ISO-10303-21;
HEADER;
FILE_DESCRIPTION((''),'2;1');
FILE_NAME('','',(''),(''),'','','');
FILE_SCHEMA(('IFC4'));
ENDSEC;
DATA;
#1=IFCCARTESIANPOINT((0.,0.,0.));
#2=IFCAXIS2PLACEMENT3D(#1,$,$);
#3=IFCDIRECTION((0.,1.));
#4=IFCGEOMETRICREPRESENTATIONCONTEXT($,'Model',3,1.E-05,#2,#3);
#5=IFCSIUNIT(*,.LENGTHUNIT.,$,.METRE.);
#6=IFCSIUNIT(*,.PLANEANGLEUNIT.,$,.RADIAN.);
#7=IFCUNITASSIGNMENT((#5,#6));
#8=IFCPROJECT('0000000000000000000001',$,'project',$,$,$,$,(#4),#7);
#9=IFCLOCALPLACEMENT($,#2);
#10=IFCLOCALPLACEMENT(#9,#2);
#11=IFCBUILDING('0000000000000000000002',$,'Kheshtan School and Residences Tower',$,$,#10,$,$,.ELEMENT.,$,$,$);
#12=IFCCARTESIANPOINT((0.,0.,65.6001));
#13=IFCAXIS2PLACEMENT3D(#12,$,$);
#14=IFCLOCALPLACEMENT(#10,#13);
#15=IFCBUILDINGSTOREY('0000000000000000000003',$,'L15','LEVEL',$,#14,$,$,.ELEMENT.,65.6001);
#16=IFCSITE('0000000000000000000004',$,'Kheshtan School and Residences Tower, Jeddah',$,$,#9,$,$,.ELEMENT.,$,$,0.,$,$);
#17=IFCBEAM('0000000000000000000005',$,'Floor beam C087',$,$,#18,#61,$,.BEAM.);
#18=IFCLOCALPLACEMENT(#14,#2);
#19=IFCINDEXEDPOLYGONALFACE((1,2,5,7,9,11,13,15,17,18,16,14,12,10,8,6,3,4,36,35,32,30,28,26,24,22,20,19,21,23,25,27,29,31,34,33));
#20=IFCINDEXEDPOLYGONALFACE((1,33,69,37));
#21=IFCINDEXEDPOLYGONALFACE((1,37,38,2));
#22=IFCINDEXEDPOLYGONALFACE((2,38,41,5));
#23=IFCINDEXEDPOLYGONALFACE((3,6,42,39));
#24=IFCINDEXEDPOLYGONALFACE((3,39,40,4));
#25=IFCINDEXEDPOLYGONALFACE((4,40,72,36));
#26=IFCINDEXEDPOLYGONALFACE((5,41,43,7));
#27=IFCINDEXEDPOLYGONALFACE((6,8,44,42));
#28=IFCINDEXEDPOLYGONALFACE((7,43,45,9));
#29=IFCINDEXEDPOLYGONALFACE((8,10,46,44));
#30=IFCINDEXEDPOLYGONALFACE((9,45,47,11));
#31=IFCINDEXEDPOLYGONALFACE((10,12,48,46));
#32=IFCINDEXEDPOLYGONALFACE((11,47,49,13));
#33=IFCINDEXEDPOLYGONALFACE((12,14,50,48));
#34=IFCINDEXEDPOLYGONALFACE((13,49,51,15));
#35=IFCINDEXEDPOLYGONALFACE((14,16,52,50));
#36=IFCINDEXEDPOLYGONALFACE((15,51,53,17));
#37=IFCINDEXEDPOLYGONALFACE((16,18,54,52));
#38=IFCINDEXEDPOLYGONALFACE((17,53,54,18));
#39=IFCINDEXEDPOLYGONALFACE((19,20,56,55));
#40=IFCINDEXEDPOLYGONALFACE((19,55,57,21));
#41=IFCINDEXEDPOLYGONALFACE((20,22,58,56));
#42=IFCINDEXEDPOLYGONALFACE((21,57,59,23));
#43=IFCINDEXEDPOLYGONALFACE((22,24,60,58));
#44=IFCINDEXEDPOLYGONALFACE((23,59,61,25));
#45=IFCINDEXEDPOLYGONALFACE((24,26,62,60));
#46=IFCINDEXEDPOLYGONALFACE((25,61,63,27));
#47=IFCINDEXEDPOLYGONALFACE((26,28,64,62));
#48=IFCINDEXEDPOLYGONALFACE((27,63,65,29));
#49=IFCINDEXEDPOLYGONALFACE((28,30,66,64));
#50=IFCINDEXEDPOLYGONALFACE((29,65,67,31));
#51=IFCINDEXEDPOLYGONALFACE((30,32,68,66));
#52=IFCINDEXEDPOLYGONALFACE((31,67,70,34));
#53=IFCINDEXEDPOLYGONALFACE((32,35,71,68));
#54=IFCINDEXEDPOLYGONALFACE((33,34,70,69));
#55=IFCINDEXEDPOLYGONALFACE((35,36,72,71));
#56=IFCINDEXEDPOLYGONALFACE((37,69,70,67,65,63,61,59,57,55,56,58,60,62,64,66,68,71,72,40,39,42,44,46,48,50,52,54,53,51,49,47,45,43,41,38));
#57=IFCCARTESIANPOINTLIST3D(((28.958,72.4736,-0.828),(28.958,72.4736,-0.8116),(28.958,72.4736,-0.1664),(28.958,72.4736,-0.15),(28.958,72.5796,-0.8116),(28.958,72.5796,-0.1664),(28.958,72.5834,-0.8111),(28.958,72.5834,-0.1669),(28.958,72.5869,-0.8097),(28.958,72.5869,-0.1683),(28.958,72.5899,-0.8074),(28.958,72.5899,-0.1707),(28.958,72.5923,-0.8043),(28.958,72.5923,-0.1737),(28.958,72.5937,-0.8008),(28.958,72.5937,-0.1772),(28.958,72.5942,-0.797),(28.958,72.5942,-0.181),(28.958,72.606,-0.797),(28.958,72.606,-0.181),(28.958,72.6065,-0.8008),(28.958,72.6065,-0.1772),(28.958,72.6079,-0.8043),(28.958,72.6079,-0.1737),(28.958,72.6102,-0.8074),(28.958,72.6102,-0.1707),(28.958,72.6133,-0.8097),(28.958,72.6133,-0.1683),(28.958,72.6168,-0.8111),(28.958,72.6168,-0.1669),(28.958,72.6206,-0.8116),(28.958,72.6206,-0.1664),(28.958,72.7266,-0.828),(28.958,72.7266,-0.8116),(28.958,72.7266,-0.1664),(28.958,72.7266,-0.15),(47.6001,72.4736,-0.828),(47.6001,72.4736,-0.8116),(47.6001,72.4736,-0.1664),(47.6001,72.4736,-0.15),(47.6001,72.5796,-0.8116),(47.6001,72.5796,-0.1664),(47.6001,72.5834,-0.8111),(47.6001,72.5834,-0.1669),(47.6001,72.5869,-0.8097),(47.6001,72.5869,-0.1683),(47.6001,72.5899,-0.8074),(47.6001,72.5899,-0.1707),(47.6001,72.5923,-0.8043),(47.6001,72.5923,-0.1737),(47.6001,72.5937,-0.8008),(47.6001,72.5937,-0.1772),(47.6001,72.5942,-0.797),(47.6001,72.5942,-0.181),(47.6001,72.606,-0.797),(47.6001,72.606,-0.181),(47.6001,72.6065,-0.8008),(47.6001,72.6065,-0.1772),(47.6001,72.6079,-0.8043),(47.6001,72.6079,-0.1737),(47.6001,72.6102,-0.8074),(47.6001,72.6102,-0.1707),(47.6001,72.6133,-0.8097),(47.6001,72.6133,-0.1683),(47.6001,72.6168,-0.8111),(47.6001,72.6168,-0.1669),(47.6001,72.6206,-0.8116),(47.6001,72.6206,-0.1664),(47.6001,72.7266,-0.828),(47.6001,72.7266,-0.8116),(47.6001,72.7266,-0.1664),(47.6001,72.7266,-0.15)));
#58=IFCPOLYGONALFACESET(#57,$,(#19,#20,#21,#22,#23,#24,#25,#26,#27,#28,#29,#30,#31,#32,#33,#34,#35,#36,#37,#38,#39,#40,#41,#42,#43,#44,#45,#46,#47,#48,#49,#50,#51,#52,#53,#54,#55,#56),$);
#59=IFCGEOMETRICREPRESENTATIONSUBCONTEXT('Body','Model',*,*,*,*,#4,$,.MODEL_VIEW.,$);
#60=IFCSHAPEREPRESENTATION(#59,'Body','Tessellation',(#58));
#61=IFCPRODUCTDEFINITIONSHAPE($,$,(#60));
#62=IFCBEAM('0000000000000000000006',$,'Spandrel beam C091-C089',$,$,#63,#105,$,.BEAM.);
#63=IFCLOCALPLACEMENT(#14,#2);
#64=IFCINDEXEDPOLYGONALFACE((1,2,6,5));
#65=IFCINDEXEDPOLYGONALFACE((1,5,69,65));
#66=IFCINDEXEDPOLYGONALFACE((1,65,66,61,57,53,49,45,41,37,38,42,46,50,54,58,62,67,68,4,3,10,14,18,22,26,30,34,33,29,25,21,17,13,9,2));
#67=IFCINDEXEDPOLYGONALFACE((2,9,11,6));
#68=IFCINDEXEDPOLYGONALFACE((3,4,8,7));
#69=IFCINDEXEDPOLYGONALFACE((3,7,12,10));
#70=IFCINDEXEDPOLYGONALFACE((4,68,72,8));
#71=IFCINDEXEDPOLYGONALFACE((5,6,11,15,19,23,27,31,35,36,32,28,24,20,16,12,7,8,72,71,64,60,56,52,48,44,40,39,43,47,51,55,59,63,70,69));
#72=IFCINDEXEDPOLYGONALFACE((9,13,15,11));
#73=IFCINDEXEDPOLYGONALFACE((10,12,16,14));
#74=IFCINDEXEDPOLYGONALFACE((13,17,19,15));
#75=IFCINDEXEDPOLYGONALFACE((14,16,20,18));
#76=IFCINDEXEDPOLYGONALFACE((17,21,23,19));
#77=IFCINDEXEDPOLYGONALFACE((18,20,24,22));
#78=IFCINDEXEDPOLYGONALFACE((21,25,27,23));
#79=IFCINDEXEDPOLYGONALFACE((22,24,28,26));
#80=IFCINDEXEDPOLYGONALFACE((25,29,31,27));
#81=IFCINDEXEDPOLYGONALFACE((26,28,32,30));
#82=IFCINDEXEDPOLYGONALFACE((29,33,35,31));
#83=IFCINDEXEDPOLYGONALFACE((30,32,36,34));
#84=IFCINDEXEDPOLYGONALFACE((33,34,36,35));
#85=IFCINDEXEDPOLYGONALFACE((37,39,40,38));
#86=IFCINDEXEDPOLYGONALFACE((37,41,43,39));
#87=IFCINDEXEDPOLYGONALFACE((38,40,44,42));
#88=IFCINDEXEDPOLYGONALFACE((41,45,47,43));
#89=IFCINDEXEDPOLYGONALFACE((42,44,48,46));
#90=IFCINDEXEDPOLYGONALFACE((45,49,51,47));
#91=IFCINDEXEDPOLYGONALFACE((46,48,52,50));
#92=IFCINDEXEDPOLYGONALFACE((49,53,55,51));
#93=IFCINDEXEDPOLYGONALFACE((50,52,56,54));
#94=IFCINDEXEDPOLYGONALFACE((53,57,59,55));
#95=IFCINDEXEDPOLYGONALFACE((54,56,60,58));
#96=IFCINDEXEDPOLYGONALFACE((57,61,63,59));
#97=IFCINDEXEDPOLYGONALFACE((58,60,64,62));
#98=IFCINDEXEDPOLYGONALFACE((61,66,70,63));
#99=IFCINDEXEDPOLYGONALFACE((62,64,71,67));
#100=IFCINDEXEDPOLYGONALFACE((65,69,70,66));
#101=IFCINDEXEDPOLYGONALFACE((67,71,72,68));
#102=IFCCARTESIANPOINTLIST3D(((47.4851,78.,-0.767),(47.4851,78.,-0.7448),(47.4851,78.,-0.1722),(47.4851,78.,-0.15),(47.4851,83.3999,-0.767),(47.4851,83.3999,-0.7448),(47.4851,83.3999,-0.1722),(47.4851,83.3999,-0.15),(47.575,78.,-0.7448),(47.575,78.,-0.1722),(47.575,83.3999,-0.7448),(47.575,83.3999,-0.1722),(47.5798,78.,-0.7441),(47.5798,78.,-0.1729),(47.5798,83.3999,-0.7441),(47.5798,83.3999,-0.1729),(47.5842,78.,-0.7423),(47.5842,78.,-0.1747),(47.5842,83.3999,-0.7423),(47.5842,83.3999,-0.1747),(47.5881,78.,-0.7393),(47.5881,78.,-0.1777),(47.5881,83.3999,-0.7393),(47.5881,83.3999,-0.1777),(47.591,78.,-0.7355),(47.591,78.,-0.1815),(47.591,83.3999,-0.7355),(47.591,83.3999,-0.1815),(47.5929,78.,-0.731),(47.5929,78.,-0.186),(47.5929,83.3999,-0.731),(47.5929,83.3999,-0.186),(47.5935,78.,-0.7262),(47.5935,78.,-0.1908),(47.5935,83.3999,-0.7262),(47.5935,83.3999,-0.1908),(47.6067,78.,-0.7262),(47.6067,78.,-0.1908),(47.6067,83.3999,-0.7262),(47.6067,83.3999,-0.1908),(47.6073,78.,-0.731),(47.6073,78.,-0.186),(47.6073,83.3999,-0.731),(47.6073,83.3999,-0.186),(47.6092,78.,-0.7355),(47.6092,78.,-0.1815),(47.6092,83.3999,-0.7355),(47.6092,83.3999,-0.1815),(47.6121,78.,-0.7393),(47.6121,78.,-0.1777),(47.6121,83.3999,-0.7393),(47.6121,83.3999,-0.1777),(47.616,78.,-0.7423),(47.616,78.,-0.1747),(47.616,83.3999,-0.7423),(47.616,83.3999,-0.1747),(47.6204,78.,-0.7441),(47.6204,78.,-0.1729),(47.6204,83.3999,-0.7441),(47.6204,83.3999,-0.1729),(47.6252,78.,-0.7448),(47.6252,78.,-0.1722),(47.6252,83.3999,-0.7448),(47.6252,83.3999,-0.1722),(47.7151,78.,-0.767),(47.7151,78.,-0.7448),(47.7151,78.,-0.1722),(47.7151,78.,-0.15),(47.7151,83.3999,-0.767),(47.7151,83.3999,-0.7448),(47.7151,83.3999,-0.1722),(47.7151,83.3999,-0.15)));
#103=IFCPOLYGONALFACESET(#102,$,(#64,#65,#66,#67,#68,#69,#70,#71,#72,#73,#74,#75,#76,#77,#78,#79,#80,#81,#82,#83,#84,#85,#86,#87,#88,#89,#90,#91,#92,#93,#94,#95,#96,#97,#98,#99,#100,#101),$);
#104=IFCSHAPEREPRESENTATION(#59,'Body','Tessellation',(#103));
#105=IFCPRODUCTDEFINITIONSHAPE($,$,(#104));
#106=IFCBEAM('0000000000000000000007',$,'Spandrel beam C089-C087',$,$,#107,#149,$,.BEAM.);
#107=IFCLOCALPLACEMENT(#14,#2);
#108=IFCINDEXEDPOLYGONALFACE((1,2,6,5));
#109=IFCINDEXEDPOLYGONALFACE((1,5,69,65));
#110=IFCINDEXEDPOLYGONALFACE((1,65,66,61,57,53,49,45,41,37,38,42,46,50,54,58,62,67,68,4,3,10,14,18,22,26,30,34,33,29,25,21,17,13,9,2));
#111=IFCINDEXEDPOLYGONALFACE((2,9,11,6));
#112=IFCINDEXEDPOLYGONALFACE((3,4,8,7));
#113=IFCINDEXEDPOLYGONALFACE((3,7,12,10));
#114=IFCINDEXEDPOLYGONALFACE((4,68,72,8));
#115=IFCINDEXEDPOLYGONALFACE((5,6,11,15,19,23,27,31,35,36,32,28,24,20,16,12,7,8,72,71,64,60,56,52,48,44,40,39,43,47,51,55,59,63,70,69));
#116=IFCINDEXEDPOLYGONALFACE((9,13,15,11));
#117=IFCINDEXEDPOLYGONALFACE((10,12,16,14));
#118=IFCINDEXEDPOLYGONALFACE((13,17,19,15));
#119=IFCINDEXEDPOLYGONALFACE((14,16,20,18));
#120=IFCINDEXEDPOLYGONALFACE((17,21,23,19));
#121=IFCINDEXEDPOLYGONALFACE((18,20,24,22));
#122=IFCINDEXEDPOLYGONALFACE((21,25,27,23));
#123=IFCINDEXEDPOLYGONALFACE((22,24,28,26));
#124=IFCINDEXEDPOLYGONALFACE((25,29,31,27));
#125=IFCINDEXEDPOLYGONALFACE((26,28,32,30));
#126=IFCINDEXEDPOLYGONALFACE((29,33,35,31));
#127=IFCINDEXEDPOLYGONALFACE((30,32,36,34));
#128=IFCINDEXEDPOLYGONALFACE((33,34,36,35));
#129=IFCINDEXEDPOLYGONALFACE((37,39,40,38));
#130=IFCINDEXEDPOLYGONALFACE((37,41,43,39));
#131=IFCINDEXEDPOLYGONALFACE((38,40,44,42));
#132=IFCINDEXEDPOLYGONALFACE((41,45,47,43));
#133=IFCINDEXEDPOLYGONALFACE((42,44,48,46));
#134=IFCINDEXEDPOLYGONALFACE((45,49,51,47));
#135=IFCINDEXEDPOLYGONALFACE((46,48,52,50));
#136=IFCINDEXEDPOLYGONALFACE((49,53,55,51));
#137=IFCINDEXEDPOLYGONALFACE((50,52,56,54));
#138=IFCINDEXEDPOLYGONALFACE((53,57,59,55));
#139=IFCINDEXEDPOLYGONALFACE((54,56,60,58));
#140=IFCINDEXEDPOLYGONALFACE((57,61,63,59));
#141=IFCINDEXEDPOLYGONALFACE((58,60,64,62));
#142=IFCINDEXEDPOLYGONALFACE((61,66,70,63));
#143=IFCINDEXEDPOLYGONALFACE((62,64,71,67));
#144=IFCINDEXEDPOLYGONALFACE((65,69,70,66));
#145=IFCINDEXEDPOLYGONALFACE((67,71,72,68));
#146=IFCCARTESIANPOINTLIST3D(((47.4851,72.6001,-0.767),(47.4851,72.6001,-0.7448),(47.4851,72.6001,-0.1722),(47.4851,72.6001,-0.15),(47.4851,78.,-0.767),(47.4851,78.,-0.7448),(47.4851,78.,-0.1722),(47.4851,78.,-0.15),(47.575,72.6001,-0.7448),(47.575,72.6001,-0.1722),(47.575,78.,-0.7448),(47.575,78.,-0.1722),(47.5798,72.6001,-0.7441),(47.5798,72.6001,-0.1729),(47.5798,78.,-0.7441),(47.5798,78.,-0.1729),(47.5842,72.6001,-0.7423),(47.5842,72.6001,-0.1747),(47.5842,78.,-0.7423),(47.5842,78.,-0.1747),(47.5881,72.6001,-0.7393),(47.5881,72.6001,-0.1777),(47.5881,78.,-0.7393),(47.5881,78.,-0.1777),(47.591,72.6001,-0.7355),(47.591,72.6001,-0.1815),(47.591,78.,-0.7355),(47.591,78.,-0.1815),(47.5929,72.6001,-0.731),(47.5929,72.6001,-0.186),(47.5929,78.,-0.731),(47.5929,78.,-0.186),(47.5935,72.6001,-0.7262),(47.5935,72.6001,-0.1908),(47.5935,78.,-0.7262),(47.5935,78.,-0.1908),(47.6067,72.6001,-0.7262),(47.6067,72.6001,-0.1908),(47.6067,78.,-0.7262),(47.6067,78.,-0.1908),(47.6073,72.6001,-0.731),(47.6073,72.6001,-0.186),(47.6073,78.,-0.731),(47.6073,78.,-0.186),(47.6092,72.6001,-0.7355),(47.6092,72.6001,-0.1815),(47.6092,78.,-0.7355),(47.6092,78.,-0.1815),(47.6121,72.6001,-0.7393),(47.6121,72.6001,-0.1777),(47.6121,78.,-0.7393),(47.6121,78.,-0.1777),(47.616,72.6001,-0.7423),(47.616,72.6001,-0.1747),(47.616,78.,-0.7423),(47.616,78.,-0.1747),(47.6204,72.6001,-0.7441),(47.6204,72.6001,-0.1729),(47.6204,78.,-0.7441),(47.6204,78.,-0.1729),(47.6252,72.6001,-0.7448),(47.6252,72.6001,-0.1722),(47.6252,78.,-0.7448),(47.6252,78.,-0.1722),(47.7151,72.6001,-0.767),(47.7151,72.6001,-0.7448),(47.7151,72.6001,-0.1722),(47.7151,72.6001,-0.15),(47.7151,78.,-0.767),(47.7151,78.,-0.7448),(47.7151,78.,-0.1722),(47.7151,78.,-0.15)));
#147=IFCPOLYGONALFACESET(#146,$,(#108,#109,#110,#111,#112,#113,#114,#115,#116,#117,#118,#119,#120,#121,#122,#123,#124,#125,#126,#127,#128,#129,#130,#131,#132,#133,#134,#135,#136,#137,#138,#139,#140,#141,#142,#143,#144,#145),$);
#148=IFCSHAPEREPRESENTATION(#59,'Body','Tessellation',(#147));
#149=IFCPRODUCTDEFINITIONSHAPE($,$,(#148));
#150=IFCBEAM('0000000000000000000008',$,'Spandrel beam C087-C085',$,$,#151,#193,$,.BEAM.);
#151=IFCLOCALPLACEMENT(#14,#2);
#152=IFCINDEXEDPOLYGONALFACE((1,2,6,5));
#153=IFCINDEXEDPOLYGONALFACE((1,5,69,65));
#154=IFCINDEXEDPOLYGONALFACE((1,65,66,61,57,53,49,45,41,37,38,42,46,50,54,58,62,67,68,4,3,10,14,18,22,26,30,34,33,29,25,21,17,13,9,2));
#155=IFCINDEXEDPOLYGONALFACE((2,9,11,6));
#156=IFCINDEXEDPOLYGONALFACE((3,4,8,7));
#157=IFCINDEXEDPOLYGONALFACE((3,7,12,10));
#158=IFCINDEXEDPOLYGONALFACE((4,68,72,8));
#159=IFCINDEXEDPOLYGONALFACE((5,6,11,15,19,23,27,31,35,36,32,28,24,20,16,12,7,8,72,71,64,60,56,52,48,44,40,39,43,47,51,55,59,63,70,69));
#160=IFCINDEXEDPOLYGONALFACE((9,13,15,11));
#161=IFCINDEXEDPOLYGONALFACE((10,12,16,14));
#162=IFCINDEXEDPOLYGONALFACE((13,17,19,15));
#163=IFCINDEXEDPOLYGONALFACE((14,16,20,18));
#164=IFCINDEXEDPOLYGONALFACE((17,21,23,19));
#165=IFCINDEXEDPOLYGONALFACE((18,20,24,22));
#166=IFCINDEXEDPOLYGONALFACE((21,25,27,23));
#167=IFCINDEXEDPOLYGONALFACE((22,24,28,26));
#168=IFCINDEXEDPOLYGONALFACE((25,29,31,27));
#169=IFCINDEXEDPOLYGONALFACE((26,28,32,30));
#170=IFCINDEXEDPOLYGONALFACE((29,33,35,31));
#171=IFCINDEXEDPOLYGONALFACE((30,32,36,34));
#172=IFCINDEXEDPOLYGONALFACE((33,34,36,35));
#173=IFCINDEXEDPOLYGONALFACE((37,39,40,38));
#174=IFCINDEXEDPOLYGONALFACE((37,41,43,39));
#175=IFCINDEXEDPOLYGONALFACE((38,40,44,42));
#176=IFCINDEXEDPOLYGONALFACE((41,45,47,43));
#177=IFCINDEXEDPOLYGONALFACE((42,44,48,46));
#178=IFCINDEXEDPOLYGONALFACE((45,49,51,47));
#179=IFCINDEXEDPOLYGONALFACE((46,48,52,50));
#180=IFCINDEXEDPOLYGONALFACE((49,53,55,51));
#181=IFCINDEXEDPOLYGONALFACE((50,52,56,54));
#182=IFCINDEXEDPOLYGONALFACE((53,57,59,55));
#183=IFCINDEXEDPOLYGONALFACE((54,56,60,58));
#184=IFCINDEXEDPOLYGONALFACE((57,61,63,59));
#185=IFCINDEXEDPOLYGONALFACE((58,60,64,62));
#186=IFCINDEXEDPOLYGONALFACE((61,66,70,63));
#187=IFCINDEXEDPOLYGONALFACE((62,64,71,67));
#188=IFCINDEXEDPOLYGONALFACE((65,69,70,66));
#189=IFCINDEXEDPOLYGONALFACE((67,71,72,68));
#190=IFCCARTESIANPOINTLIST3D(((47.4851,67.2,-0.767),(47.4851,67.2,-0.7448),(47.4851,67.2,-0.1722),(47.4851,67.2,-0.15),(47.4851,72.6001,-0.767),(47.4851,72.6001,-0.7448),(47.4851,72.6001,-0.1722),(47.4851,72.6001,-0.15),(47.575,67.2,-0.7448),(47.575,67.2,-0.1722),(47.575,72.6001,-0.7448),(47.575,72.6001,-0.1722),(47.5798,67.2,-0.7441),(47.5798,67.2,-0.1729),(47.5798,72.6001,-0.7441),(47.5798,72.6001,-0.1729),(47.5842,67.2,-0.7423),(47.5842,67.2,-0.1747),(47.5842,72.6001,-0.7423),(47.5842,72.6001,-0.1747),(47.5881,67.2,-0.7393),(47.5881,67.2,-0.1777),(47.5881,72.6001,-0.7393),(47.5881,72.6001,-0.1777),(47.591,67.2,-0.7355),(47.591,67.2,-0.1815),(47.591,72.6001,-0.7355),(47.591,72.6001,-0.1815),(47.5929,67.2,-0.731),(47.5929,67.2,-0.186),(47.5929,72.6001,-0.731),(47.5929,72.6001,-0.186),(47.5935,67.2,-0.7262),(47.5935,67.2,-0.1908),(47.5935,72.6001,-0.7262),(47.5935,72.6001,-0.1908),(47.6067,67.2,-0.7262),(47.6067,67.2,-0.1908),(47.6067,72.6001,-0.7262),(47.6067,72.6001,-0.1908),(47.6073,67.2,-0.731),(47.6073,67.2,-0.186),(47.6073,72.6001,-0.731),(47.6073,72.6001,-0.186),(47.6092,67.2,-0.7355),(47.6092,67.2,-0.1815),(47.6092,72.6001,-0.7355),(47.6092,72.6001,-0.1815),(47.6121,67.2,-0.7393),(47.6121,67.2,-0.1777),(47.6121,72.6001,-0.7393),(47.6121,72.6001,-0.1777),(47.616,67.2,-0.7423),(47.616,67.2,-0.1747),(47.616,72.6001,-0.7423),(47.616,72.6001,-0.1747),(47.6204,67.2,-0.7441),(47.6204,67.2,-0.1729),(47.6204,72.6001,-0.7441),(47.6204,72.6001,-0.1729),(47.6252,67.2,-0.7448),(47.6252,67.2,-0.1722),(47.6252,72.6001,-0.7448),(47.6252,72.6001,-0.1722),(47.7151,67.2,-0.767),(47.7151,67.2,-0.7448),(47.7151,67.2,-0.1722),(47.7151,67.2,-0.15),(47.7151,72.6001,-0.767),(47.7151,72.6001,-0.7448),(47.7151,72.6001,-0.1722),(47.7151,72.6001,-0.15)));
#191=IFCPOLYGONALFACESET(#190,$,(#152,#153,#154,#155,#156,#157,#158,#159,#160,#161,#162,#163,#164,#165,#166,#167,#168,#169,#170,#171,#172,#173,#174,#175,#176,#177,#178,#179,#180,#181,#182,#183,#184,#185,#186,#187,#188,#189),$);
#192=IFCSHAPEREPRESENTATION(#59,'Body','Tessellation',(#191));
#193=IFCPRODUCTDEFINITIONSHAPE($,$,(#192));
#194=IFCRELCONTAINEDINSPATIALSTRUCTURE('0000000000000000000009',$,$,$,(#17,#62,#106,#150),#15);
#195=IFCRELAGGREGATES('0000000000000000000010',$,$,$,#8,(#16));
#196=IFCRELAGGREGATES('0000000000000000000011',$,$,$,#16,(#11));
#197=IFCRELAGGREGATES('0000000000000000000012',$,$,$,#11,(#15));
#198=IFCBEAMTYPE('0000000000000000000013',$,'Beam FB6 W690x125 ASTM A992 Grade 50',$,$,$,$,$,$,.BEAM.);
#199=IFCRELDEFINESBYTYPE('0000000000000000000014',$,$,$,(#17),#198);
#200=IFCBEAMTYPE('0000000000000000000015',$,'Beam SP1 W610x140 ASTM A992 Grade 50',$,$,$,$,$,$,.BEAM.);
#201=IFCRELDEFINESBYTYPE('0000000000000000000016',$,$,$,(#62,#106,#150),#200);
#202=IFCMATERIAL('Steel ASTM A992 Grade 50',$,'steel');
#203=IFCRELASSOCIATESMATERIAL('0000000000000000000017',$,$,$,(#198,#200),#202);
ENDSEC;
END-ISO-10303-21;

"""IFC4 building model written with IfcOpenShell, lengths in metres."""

from ifc_helpers import new_model, si_unit, direction, frame, origin, origin_2d, place, context, subcontext, project, spatial, i_section, extrude, material, material_profile, profile_set, type_object, element, save


model = new_model("IFC4")

# Units and contexts
model_context = context("Model", 3, precision=1e-05, world=origin(), true_north=direction((0.0, 1.0)))
body_context = subcontext(model_context, "Body", "Model", "MODEL_VIEW")
ifc_project = project(units=[si_unit("LENGTHUNIT", "METRE"), si_unit("PLANEANGLEUNIT", "RADIAN")], contexts=[model_context])

# Site, building, storey
site_placement = place(None, origin())
site = spatial("IfcSite", under=ifc_project, at=site_placement, Name="Kheshtan School and Residences Tower, Jeddah", CompositionType="ELEMENT", RefElevation=0.0)
building_placement = place(site_placement, origin())
building = spatial("IfcBuilding", under=site, at=building_placement, Name="Kheshtan School and Residences Tower", CompositionType="ELEMENT")
storey_placement = place(building_placement, frame((0.0, 0.0, 65.6001)))
storey = spatial("IfcBuildingStorey", under=building, at=storey_placement, Name="L15", Description="LEVEL", CompositionType="ELEMENT", Elevation=65.6001)

# Shared definitions
ifc_material_1 = material(Name="Steel ASTM A992 Grade 50", Category="steel")

# Beams
ifc_material_profile_1 = material_profile(ifc_material_1, i_section(OverallWidth=0.2529, OverallDepth=0.678, WebThickness=0.0117, FlangeThickness=0.0164, FilletRadius=0.0146, at=origin_2d()), Name="W690x125")
ifc_profile_set_1 = profile_set([ifc_material_profile_1], Name="Steel ASTM A992 Grade 50")
beam_type_1 = type_object("IfcBeamType", Name="Beam FB6 W690x125 ASTM A992 Grade 50", PredefinedType="BEAM", material=ifc_profile_set_1)
beam_1_placement = place(storey_placement, frame((47.6001, 72.6001, -0.489), z_axis=(-1.0, 0.0, 0.0), x_axis=(0.0, -1.0, 0.0)))
element("IfcBeam", 1, at=beam_1_placement, inside=storey, type_object=beam_type_1, Name="Floor beam C087", PredefinedType="BEAM", context=body_context, shape_type="SweptSolid", body=[
    extrude(i_section(OverallWidth=0.2529, OverallDepth=0.678, WebThickness=0.0117, FlangeThickness=0.0164, FilletRadius=0.0146, at=origin_2d()), origin(), (0.0, 0.0, 1.0), 18.6421),
])
ifc_material_profile_2 = material_profile(ifc_material_1, i_section(OverallWidth=0.23, OverallDepth=0.6169, WebThickness=0.0132, FlangeThickness=0.0222, FilletRadius=0.0186, at=origin_2d()), Name="W610x140")
ifc_profile_set_2 = profile_set([ifc_material_profile_2], Name="Steel ASTM A992 Grade 50")
beam_type_2 = type_object("IfcBeamType", Name="Beam SP1 W610x140 ASTM A992 Grade 50", PredefinedType="BEAM", material=ifc_profile_set_2)
for number, where, z_axis, x_axis, name in (
    (2, (47.6001, 83.3999, -0.4585), (0.0, -1.0, 0.0), (1.0, 0.0, 0.0), "Spandrel beam C091-C089"),
    (3, (47.6001, 78.0, -0.4585), (0.0, -1.0, 0.0), (1.0, 0.0, 0.0), "Spandrel beam C089-C087"),
):
    element("IfcBeam", number, at=place(storey_placement, frame(where, z_axis=z_axis, x_axis=x_axis)), inside=storey, type_object=beam_type_2, Name=name, PredefinedType="BEAM", context=body_context, shape_type="SweptSolid", body=[
        extrude(i_section(OverallWidth=0.23, OverallDepth=0.6169, WebThickness=0.0132, FlangeThickness=0.0222, FilletRadius=0.0186, at=origin_2d()), origin(), (0.0, 0.0, 1.0), 5.3999),
    ])
beam_2_placement = place(storey_placement, frame((47.6001, 72.6001, -0.4585), z_axis=(0.0, -1.0, 0.0), x_axis=(1.0, 0.0, 0.0)))
element("IfcBeam", 4, at=beam_2_placement, inside=storey, type_object=beam_type_2, Name="Spandrel beam C087-C085", PredefinedType="BEAM", context=body_context, shape_type="SweptSolid", body=[
    extrude(i_section(OverallWidth=0.23, OverallDepth=0.6169, WebThickness=0.0132, FlangeThickness=0.0222, FilletRadius=0.0186, at=origin_2d()), origin(), (0.0, 0.0, 1.0), 5.4001),
])

save(model, "model.ifc")
